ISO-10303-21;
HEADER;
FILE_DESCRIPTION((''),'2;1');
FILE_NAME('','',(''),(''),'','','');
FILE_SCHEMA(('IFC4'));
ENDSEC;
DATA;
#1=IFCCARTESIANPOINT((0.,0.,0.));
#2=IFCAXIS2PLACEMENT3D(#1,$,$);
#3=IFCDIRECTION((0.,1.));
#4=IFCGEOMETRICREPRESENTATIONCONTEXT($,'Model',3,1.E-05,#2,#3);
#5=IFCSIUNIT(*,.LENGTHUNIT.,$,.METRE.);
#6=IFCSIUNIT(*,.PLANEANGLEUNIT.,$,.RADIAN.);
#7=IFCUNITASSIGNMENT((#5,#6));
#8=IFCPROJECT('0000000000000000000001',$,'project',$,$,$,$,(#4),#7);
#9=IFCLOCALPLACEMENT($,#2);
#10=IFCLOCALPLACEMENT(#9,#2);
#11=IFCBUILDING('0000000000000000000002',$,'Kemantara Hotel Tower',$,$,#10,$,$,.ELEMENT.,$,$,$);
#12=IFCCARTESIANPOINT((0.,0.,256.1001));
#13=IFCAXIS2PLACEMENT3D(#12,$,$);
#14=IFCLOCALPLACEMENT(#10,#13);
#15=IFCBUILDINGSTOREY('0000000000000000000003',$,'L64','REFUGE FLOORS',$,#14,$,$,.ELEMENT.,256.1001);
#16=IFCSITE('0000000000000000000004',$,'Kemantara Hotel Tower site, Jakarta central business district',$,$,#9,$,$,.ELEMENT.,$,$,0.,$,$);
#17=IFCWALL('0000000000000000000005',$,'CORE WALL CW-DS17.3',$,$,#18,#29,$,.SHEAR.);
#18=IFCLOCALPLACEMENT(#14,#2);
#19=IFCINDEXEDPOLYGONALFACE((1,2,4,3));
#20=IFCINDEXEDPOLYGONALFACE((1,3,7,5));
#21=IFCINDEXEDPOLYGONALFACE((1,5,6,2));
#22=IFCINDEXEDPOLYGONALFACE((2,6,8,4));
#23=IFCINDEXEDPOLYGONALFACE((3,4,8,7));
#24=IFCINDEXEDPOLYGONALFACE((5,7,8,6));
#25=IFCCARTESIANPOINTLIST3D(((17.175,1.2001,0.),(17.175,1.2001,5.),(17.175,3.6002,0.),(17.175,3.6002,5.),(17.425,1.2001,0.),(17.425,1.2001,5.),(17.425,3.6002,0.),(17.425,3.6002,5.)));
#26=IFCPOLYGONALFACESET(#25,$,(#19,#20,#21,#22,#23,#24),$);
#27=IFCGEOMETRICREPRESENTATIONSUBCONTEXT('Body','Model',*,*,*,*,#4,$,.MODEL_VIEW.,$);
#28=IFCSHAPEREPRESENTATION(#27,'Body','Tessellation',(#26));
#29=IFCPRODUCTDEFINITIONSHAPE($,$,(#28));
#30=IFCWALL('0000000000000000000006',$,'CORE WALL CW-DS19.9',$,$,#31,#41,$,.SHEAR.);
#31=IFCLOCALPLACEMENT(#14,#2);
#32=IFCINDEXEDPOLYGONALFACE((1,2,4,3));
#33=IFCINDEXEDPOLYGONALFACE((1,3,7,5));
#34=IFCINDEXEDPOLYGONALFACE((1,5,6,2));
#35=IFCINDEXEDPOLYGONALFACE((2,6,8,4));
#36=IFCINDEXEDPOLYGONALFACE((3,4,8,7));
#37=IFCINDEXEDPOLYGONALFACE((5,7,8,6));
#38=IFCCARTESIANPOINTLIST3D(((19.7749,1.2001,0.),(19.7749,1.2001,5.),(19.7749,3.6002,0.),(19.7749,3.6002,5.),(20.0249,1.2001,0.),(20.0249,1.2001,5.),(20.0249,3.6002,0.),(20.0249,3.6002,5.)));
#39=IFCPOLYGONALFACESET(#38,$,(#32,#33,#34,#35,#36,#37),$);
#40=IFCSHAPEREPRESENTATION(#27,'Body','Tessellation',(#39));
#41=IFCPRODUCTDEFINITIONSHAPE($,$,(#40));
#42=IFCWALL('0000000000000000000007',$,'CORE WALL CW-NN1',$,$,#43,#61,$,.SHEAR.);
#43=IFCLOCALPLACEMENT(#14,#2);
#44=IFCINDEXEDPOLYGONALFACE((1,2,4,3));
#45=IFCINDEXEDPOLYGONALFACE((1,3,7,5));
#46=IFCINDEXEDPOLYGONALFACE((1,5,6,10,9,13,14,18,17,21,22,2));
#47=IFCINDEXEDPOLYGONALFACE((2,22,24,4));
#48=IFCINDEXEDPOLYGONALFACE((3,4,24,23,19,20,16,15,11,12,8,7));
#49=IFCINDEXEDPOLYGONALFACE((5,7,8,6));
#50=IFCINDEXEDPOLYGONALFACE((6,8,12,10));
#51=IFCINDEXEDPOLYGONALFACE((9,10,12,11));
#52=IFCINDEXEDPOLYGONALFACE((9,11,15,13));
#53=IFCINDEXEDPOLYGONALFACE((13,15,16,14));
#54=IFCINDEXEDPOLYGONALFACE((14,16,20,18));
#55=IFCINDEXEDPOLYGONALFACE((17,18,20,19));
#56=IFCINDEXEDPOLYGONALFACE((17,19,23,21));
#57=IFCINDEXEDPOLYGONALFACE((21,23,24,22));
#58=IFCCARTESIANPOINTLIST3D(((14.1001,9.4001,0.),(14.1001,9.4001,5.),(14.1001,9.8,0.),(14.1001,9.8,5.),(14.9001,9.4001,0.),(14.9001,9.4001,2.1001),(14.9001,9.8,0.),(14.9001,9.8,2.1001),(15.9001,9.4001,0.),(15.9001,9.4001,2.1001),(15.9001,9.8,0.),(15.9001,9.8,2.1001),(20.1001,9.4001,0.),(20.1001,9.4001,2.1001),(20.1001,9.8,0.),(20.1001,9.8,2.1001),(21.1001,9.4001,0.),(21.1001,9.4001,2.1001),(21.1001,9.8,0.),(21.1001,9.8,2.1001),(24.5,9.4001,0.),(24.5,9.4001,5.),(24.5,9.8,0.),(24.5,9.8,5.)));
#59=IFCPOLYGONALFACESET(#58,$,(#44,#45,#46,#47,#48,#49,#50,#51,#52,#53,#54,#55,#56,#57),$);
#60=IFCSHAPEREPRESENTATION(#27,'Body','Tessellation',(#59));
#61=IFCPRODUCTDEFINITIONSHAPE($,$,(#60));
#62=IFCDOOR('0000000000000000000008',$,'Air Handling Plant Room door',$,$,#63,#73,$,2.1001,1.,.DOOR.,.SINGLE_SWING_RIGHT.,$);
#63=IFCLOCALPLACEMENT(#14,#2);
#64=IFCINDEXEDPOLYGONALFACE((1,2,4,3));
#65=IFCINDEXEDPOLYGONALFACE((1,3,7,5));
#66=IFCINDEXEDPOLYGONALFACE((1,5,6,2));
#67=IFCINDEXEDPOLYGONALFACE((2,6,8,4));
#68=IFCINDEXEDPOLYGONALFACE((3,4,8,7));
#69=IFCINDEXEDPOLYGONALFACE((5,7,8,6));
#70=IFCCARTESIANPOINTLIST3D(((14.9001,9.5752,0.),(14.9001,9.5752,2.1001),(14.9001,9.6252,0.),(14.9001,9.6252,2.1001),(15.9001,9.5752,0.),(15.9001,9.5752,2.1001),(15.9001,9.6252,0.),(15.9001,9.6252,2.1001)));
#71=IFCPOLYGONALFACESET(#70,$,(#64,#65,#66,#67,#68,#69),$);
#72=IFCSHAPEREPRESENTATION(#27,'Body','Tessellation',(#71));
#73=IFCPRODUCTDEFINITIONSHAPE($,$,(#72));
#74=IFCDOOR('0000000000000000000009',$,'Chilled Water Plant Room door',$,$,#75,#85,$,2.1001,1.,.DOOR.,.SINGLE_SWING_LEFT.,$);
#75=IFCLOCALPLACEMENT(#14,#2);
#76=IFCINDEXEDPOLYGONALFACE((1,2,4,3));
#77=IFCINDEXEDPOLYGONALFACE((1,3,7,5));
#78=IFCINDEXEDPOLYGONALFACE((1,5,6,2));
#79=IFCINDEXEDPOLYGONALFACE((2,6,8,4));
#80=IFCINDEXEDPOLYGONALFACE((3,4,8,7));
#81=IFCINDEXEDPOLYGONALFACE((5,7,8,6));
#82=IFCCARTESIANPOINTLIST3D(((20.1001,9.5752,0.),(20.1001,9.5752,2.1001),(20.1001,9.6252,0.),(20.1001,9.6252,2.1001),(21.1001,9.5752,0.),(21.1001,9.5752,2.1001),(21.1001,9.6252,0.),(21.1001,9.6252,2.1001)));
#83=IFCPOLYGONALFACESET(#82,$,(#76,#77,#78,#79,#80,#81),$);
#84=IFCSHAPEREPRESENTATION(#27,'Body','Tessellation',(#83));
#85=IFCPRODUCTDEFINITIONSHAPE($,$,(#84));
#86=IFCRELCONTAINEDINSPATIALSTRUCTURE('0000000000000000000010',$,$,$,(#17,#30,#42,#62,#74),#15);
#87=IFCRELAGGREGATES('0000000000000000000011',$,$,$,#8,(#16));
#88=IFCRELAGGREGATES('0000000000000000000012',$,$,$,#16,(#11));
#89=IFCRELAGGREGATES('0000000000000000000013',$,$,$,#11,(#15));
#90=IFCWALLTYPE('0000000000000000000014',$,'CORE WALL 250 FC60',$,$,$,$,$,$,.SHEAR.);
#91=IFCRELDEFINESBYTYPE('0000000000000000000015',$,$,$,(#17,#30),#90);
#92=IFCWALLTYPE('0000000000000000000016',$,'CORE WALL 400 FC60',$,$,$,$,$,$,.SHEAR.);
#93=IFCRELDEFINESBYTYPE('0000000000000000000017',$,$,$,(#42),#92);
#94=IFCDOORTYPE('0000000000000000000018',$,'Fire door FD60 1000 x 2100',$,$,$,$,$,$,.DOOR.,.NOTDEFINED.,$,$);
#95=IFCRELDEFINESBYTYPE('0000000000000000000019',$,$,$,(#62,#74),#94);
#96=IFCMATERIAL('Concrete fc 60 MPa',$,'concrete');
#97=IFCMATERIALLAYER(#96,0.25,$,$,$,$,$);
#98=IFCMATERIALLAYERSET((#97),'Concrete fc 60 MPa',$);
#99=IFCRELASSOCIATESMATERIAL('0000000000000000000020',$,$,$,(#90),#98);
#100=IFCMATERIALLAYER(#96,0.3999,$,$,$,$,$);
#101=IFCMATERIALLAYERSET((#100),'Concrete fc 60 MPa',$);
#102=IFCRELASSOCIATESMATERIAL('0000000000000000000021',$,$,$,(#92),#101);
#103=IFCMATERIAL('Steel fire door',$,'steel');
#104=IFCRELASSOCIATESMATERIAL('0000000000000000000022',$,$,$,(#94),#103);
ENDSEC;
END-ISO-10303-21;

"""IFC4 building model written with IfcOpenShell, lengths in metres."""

from ifc_helpers import new_model, si_unit, direction, frame, frame_2d, origin, place, context, subcontext, project, spatial, rectangle, extrude, material, layer, layer_set, type_object, element, fill, save


model = new_model("IFC4")

# Units and contexts
model_context = context("Model", 3, precision=1e-05, world=origin(), true_north=direction((0.0, 1.0)))
body_context = subcontext(model_context, "Body", "Model", "MODEL_VIEW")
ifc_project = project(units=[si_unit("LENGTHUNIT", "METRE"), si_unit("PLANEANGLEUNIT", "RADIAN")], contexts=[model_context])

# Site, building, storey
site_placement = place(None, origin())
site = spatial("IfcSite", under=ifc_project, at=site_placement, Name="Kemantara Hotel Tower site, Jakarta central business district", CompositionType="ELEMENT", RefElevation=0.0)
building_placement = place(site_placement, origin())
building = spatial("IfcBuilding", under=site, at=building_placement, Name="Kemantara Hotel Tower", CompositionType="ELEMENT")
storey_placement = place(building_placement, frame((0.0, 0.0, 256.1001)))
storey = spatial("IfcBuildingStorey", under=building, at=storey_placement, Name="L64", Description="REFUGE FLOORS", CompositionType="ELEMENT", Elevation=256.1001)

# Walls
ifc_material_1 = material(Name="Concrete fc 60 MPa", Category="concrete")
ifc_layer_1 = layer(ifc_material_1, 0.25)
ifc_layer_set_1 = layer_set([ifc_layer_1], Name="Concrete fc 60 MPa")
wall_type_1 = type_object("IfcWallType", Name="CORE WALL 250 FC60", PredefinedType="SHEAR", material=ifc_layer_set_1)
for number, where, z_axis, x_axis, name in (
    (1, (17.3, 1.2, 0.0), (0.0, 0.0, 1.0), (0.0, 1.0, 0.0), "CORE WALL CW-DS17.3"),
    (2, (19.8999, 1.2, 0.0), (0.0, 0.0, 1.0), (0.0, 1.0, 0.0), "CORE WALL CW-DS19.9"),
):
    element("IfcWall", number, at=place(storey_placement, frame(where, z_axis=z_axis, x_axis=x_axis)), inside=storey, type_object=wall_type_1, Name=name, PredefinedType="SHEAR", context=body_context, shape_type="SweptSolid", body=[
        extrude(rectangle(XDim=2.4001, YDim=0.25, at=frame_2d((1.2002, 0.0))), origin(), (0.0, 0.0, 1.0), 5.0),
    ])

# Wall, openings, doors
ifc_layer_2 = layer(ifc_material_1, 0.3999)
ifc_layer_set_2 = layer_set([ifc_layer_2], Name="Concrete fc 60 MPa")
wall_type_2 = type_object("IfcWallType", Name="CORE WALL 400 FC60", PredefinedType="SHEAR", material=ifc_layer_set_2)
wall_1_placement = place(storey_placement, frame((14.1001, 9.6001, 0.0), z_axis=(0.0, 0.0, 1.0), x_axis=(1.0, 0.0, 0.0)))
wall_1 = element("IfcWall", 3, at=wall_1_placement, inside=storey, type_object=wall_type_2, Name="CORE WALL CW-NN1", PredefinedType="SHEAR", context=body_context, shape_type="SweptSolid", body=[
    extrude(rectangle(XDim=10.3999, YDim=0.3999, at=frame_2d((5.2, 0.0))), origin(), (0.0, 0.0, 1.0), 5.0),
])
opening_1_placement = place(wall_1_placement, frame((0.8, 0.0, 0.0)))
opening_1 = element("IfcOpeningElement", 4, at=opening_1_placement, cuts=wall_1, PredefinedType="OPENING", context=body_context, shape_type="SweptSolid", body=[
    extrude(rectangle(XDim=1.0, YDim=2.1001, at=frame_2d((0.5, 1.05))), frame((0.0, 0.21, 0.0), z_axis=(0.0, -1.0, 0.0), x_axis=(1.0, 0.0, 0.0)), (0.0, 0.0, 1.0), 0.4199),
])
opening_2_placement = place(wall_1_placement, frame((6.0, 0.0, 0.0)))
opening_2 = element("IfcOpeningElement", 5, at=opening_2_placement, cuts=wall_1, PredefinedType="OPENING", context=body_context, shape_type="SweptSolid", body=[
    extrude(rectangle(XDim=1.0, YDim=2.1001, at=frame_2d((0.5, 1.05))), frame((0.0, 0.21, 0.0), z_axis=(0.0, -1.0, 0.0), x_axis=(1.0, 0.0, 0.0)), (0.0, 0.0, 1.0), 0.4199),
])
ifc_material_2 = material(Name="Steel fire door", Category="steel")
door_type_1 = type_object("IfcDoorType", Name="Fire door FD60 1000 x 2100", OperationType="NOTDEFINED", PredefinedType="DOOR", material=ifc_material_2)
door_1_placement = place(opening_1_placement, frame((1.0, 0.0, 0.0), z_axis=(0.0, 0.0, 1.0), x_axis=(-1.0, 0.0, 0.0)))
door_1 = element("IfcDoor", 6, at=door_1_placement, inside=storey, type_object=door_type_1, Name="Air Handling Plant Room door", OperationType="SINGLE_SWING_RIGHT", OverallHeight=2.1001, OverallWidth=1.0, PredefinedType="DOOR", context=body_context, shape_type="SweptSolid", body=[
    extrude(rectangle(XDim=1.0, YDim=2.1001, at=frame_2d((0.5, 1.05))), frame((0.0, 0.0249, 0.0), z_axis=(0.0, -1.0, 0.0), x_axis=(1.0, 0.0, 0.0)), (0.0, 0.0, 1.0), 0.05),
])
fill(opening_1, door_1)
door_2_placement = place(opening_2_placement, frame((1.0, 0.0, 0.0), z_axis=(0.0, 0.0, 1.0), x_axis=(-1.0, 0.0, 0.0)))
door_2 = element("IfcDoor", 7, at=door_2_placement, inside=storey, type_object=door_type_1, Name="Chilled Water Plant Room door", OperationType="SINGLE_SWING_LEFT", OverallHeight=2.1001, OverallWidth=1.0, PredefinedType="DOOR", context=body_context, shape_type="SweptSolid", body=[
    extrude(rectangle(XDim=1.0, YDim=2.1001, at=frame_2d((0.5, 1.05))), frame((0.0, 0.0249, 0.0), z_axis=(0.0, -1.0, 0.0), x_axis=(1.0, 0.0, 0.0)), (0.0, 0.0, 1.0), 0.05),
])
fill(opening_2, door_2)

save(model, "model.ifc")
